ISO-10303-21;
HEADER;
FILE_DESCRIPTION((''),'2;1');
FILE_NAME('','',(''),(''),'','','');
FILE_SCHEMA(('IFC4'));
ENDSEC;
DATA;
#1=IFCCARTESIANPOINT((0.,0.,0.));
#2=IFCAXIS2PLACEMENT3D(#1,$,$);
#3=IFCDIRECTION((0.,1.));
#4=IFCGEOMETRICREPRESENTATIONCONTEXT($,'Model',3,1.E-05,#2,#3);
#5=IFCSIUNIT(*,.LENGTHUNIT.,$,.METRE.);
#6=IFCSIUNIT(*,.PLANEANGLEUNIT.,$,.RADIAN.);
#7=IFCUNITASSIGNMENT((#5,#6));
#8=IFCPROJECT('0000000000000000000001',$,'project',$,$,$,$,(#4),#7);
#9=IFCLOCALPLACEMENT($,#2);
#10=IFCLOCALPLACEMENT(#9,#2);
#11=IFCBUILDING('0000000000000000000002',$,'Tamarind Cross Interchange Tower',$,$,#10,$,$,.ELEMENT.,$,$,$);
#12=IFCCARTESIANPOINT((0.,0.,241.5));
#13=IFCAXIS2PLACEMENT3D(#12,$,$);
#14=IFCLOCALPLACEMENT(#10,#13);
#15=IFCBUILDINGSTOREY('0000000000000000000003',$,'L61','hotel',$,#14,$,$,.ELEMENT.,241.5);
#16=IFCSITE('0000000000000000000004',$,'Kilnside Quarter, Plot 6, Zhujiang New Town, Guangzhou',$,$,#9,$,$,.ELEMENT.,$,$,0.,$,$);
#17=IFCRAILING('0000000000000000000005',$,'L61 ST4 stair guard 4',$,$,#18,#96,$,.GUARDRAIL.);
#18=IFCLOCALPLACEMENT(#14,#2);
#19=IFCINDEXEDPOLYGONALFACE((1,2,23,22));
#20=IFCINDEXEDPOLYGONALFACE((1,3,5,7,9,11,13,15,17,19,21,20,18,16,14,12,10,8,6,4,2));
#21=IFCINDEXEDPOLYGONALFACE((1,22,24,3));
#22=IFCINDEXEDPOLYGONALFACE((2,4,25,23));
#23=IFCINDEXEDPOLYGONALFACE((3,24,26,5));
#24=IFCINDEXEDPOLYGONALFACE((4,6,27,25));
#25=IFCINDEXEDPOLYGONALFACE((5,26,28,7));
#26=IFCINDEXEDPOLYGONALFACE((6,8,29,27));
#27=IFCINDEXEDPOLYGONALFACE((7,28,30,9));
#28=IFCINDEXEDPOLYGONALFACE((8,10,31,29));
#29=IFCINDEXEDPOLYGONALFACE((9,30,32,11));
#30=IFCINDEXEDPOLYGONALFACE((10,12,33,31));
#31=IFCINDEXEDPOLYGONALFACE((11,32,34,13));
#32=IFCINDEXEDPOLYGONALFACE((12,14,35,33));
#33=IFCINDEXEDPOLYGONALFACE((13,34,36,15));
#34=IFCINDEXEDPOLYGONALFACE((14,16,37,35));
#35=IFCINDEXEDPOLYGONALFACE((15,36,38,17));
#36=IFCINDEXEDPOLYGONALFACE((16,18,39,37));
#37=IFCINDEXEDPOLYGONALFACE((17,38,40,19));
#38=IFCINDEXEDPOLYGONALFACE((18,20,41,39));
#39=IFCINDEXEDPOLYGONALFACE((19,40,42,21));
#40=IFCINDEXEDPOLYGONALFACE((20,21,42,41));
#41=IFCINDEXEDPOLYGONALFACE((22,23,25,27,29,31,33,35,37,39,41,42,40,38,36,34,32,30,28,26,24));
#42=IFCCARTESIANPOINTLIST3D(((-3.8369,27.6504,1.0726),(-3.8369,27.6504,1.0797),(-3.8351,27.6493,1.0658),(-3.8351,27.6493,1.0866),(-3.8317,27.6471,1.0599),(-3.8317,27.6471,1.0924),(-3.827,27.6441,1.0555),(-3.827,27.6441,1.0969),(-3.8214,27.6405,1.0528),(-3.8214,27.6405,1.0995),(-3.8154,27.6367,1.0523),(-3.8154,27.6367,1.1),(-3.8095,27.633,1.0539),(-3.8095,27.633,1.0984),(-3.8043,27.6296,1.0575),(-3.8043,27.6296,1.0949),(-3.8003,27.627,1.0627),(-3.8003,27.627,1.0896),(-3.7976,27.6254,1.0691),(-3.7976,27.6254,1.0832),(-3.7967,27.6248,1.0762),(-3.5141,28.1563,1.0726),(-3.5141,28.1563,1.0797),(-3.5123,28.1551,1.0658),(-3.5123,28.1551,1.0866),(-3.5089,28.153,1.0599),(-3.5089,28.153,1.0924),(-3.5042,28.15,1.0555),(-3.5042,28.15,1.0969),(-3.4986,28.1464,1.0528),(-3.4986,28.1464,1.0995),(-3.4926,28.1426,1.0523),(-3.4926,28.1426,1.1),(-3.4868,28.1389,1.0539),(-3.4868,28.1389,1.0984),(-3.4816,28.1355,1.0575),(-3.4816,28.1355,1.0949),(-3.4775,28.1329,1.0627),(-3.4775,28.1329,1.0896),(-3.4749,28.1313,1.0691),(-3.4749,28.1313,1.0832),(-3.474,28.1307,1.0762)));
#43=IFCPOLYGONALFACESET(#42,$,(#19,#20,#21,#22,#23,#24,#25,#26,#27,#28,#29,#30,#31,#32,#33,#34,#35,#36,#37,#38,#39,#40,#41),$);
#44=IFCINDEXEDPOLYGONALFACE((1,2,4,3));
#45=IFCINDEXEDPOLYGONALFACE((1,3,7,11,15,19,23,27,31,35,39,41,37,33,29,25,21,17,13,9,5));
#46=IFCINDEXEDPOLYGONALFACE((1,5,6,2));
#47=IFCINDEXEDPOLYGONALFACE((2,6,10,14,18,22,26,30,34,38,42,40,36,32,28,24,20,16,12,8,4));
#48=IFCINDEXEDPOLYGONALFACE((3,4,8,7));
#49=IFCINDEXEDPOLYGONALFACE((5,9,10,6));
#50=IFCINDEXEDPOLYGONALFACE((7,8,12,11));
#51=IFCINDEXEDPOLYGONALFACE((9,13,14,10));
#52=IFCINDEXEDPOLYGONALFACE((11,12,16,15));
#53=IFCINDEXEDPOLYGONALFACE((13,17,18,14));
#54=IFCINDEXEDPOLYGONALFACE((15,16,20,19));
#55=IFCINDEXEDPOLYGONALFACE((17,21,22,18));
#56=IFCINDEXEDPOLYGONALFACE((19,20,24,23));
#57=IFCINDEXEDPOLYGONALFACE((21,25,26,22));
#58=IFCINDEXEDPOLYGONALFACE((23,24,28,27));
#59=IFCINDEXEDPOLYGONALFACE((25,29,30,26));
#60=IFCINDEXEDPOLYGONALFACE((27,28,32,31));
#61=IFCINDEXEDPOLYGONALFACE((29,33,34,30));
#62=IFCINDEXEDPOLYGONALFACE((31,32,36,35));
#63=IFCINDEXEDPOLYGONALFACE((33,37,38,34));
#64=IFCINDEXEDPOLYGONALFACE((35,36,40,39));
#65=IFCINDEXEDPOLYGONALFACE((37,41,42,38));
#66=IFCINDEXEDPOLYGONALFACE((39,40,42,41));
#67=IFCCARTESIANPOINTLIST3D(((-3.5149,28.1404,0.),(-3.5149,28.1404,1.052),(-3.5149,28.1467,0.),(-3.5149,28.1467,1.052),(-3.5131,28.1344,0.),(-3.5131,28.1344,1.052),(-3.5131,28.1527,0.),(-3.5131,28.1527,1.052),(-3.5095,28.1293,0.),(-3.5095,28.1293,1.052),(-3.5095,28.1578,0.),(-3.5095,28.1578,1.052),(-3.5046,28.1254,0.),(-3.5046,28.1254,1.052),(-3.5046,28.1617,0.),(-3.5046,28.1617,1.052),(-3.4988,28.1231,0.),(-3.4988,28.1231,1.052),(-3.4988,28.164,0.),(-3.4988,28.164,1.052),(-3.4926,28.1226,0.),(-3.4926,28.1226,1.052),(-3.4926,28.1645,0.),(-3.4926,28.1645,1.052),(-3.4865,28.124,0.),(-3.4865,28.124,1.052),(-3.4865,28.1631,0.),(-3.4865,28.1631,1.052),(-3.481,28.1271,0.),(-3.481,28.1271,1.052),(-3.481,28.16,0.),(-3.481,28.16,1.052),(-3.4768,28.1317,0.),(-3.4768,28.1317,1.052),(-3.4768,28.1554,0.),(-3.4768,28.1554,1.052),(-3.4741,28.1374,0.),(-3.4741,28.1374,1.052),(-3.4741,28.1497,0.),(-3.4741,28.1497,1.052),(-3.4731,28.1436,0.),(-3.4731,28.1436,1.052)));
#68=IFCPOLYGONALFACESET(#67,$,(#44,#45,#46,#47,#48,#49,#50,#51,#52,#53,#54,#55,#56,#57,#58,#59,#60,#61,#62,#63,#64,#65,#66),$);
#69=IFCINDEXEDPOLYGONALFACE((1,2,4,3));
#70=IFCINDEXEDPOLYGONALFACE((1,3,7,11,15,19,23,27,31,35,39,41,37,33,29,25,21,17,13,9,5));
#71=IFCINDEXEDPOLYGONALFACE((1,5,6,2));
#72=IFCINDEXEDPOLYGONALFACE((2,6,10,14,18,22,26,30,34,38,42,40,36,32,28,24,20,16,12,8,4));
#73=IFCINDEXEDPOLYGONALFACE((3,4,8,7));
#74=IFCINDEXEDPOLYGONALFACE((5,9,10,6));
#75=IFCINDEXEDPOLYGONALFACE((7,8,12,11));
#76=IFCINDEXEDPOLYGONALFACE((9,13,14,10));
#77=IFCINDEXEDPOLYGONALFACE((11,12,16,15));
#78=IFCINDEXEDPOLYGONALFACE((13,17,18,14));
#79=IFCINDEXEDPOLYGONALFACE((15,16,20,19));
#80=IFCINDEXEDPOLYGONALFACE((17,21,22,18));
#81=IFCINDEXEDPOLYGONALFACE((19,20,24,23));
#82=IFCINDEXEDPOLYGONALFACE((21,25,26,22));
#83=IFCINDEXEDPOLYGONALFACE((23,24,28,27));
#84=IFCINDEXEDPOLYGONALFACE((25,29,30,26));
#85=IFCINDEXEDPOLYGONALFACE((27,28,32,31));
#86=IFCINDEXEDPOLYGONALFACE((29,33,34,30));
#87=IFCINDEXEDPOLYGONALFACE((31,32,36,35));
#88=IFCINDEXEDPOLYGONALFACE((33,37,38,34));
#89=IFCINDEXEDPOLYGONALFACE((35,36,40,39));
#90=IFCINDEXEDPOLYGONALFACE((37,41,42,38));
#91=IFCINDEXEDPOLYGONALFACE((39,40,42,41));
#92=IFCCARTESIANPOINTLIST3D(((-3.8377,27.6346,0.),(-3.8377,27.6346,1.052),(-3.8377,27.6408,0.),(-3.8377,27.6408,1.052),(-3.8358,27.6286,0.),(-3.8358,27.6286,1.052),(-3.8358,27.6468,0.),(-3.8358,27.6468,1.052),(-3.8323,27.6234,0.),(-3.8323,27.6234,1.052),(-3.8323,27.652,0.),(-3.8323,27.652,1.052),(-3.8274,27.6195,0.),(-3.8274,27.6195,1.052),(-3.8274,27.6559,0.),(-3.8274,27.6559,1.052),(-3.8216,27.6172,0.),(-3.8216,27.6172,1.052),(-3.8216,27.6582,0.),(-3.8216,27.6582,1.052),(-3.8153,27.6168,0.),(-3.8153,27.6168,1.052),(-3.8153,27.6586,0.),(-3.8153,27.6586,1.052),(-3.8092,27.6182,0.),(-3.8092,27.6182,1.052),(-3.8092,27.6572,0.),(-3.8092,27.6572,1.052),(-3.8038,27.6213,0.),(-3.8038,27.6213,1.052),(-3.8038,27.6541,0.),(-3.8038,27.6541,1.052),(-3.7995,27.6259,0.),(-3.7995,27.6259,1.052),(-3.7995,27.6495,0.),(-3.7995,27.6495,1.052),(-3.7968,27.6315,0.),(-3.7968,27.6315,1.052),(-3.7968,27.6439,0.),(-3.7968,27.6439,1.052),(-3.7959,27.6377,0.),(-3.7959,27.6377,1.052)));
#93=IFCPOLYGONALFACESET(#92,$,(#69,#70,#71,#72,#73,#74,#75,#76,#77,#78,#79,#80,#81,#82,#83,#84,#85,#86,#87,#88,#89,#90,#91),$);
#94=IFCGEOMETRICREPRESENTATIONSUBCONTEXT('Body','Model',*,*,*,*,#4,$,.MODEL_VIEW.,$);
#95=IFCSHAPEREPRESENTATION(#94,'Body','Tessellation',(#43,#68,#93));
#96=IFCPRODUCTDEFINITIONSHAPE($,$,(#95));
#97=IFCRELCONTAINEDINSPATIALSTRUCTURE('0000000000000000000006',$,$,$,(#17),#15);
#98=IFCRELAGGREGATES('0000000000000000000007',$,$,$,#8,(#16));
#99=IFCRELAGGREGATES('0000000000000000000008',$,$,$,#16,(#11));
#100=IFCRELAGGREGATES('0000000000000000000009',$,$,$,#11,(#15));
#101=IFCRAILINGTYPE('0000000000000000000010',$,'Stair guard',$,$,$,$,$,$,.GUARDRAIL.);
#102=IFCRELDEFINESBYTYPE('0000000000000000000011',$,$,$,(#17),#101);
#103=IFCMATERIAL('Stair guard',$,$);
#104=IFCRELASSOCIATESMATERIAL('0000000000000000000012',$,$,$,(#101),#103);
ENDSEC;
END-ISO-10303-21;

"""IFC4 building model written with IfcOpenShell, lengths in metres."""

from ifc_helpers import new_model, si_unit, direction, frame, origin, origin_2d, place, context, subcontext, project, spatial, circle, extrude, material, type_object, element, save


model = new_model("IFC4")

# Units and contexts
model_context = context("Model", 3, precision=1e-05, world=origin(), true_north=direction((0.0, 1.0)))
body_context = subcontext(model_context, "Body", "Model", "MODEL_VIEW")
ifc_project = project(units=[si_unit("LENGTHUNIT", "METRE"), si_unit("PLANEANGLEUNIT", "RADIAN")], contexts=[model_context])

# Site, building, storey
site_placement = place(None, origin())
site = spatial("IfcSite", under=ifc_project, at=site_placement, Name="Kilnside Quarter, Plot 6, Zhujiang New Town, Guangzhou", CompositionType="ELEMENT", RefElevation=0.0)
building_placement = place(site_placement, origin())
building = spatial("IfcBuilding", under=site, at=building_placement, Name="Tamarind Cross Interchange Tower", CompositionType="ELEMENT")
storey_placement = place(building_placement, frame((0.0, 0.0, 241.5)))
storey = spatial("IfcBuildingStorey", under=building, at=storey_placement, Name="L61", Description="hotel", CompositionType="ELEMENT", Elevation=241.5)

# Railing
ifc_material_1 = material(Name="Stair guard")
railing_type_1 = type_object("IfcRailingType", Name="Stair guard", PredefinedType="GUARDRAIL", material=ifc_material_1)
railing_1_placement = place(storey_placement, frame((-3.4941, 28.1436, 0.0)))
element("IfcRailing", 1, at=railing_1_placement, inside=storey, type_object=railing_type_1, Name="L61 ST4 stair guard 4", PredefinedType="GUARDRAIL", context=body_context, shape_type="SweptSolid", body=[
    extrude(circle(Radius=0.0239, at=origin_2d()), frame((0.0, 0.0, 1.0762), z_axis=(-0.537876, -0.843024, 0.0), x_axis=(0.843024, -0.537876, 0.0)), (0.0, 0.0, 1.0), 0.6001),
    extrude(circle(Radius=0.021, at=origin_2d()), origin(), (0.0, 0.0, 1.0), 1.052),
    extrude(circle(Radius=0.021, at=origin_2d()), frame((-0.3228, -0.5059, 0.0)), (0.0, 0.0, 1.0), 1.052),
])

save(model, "model.ifc")
